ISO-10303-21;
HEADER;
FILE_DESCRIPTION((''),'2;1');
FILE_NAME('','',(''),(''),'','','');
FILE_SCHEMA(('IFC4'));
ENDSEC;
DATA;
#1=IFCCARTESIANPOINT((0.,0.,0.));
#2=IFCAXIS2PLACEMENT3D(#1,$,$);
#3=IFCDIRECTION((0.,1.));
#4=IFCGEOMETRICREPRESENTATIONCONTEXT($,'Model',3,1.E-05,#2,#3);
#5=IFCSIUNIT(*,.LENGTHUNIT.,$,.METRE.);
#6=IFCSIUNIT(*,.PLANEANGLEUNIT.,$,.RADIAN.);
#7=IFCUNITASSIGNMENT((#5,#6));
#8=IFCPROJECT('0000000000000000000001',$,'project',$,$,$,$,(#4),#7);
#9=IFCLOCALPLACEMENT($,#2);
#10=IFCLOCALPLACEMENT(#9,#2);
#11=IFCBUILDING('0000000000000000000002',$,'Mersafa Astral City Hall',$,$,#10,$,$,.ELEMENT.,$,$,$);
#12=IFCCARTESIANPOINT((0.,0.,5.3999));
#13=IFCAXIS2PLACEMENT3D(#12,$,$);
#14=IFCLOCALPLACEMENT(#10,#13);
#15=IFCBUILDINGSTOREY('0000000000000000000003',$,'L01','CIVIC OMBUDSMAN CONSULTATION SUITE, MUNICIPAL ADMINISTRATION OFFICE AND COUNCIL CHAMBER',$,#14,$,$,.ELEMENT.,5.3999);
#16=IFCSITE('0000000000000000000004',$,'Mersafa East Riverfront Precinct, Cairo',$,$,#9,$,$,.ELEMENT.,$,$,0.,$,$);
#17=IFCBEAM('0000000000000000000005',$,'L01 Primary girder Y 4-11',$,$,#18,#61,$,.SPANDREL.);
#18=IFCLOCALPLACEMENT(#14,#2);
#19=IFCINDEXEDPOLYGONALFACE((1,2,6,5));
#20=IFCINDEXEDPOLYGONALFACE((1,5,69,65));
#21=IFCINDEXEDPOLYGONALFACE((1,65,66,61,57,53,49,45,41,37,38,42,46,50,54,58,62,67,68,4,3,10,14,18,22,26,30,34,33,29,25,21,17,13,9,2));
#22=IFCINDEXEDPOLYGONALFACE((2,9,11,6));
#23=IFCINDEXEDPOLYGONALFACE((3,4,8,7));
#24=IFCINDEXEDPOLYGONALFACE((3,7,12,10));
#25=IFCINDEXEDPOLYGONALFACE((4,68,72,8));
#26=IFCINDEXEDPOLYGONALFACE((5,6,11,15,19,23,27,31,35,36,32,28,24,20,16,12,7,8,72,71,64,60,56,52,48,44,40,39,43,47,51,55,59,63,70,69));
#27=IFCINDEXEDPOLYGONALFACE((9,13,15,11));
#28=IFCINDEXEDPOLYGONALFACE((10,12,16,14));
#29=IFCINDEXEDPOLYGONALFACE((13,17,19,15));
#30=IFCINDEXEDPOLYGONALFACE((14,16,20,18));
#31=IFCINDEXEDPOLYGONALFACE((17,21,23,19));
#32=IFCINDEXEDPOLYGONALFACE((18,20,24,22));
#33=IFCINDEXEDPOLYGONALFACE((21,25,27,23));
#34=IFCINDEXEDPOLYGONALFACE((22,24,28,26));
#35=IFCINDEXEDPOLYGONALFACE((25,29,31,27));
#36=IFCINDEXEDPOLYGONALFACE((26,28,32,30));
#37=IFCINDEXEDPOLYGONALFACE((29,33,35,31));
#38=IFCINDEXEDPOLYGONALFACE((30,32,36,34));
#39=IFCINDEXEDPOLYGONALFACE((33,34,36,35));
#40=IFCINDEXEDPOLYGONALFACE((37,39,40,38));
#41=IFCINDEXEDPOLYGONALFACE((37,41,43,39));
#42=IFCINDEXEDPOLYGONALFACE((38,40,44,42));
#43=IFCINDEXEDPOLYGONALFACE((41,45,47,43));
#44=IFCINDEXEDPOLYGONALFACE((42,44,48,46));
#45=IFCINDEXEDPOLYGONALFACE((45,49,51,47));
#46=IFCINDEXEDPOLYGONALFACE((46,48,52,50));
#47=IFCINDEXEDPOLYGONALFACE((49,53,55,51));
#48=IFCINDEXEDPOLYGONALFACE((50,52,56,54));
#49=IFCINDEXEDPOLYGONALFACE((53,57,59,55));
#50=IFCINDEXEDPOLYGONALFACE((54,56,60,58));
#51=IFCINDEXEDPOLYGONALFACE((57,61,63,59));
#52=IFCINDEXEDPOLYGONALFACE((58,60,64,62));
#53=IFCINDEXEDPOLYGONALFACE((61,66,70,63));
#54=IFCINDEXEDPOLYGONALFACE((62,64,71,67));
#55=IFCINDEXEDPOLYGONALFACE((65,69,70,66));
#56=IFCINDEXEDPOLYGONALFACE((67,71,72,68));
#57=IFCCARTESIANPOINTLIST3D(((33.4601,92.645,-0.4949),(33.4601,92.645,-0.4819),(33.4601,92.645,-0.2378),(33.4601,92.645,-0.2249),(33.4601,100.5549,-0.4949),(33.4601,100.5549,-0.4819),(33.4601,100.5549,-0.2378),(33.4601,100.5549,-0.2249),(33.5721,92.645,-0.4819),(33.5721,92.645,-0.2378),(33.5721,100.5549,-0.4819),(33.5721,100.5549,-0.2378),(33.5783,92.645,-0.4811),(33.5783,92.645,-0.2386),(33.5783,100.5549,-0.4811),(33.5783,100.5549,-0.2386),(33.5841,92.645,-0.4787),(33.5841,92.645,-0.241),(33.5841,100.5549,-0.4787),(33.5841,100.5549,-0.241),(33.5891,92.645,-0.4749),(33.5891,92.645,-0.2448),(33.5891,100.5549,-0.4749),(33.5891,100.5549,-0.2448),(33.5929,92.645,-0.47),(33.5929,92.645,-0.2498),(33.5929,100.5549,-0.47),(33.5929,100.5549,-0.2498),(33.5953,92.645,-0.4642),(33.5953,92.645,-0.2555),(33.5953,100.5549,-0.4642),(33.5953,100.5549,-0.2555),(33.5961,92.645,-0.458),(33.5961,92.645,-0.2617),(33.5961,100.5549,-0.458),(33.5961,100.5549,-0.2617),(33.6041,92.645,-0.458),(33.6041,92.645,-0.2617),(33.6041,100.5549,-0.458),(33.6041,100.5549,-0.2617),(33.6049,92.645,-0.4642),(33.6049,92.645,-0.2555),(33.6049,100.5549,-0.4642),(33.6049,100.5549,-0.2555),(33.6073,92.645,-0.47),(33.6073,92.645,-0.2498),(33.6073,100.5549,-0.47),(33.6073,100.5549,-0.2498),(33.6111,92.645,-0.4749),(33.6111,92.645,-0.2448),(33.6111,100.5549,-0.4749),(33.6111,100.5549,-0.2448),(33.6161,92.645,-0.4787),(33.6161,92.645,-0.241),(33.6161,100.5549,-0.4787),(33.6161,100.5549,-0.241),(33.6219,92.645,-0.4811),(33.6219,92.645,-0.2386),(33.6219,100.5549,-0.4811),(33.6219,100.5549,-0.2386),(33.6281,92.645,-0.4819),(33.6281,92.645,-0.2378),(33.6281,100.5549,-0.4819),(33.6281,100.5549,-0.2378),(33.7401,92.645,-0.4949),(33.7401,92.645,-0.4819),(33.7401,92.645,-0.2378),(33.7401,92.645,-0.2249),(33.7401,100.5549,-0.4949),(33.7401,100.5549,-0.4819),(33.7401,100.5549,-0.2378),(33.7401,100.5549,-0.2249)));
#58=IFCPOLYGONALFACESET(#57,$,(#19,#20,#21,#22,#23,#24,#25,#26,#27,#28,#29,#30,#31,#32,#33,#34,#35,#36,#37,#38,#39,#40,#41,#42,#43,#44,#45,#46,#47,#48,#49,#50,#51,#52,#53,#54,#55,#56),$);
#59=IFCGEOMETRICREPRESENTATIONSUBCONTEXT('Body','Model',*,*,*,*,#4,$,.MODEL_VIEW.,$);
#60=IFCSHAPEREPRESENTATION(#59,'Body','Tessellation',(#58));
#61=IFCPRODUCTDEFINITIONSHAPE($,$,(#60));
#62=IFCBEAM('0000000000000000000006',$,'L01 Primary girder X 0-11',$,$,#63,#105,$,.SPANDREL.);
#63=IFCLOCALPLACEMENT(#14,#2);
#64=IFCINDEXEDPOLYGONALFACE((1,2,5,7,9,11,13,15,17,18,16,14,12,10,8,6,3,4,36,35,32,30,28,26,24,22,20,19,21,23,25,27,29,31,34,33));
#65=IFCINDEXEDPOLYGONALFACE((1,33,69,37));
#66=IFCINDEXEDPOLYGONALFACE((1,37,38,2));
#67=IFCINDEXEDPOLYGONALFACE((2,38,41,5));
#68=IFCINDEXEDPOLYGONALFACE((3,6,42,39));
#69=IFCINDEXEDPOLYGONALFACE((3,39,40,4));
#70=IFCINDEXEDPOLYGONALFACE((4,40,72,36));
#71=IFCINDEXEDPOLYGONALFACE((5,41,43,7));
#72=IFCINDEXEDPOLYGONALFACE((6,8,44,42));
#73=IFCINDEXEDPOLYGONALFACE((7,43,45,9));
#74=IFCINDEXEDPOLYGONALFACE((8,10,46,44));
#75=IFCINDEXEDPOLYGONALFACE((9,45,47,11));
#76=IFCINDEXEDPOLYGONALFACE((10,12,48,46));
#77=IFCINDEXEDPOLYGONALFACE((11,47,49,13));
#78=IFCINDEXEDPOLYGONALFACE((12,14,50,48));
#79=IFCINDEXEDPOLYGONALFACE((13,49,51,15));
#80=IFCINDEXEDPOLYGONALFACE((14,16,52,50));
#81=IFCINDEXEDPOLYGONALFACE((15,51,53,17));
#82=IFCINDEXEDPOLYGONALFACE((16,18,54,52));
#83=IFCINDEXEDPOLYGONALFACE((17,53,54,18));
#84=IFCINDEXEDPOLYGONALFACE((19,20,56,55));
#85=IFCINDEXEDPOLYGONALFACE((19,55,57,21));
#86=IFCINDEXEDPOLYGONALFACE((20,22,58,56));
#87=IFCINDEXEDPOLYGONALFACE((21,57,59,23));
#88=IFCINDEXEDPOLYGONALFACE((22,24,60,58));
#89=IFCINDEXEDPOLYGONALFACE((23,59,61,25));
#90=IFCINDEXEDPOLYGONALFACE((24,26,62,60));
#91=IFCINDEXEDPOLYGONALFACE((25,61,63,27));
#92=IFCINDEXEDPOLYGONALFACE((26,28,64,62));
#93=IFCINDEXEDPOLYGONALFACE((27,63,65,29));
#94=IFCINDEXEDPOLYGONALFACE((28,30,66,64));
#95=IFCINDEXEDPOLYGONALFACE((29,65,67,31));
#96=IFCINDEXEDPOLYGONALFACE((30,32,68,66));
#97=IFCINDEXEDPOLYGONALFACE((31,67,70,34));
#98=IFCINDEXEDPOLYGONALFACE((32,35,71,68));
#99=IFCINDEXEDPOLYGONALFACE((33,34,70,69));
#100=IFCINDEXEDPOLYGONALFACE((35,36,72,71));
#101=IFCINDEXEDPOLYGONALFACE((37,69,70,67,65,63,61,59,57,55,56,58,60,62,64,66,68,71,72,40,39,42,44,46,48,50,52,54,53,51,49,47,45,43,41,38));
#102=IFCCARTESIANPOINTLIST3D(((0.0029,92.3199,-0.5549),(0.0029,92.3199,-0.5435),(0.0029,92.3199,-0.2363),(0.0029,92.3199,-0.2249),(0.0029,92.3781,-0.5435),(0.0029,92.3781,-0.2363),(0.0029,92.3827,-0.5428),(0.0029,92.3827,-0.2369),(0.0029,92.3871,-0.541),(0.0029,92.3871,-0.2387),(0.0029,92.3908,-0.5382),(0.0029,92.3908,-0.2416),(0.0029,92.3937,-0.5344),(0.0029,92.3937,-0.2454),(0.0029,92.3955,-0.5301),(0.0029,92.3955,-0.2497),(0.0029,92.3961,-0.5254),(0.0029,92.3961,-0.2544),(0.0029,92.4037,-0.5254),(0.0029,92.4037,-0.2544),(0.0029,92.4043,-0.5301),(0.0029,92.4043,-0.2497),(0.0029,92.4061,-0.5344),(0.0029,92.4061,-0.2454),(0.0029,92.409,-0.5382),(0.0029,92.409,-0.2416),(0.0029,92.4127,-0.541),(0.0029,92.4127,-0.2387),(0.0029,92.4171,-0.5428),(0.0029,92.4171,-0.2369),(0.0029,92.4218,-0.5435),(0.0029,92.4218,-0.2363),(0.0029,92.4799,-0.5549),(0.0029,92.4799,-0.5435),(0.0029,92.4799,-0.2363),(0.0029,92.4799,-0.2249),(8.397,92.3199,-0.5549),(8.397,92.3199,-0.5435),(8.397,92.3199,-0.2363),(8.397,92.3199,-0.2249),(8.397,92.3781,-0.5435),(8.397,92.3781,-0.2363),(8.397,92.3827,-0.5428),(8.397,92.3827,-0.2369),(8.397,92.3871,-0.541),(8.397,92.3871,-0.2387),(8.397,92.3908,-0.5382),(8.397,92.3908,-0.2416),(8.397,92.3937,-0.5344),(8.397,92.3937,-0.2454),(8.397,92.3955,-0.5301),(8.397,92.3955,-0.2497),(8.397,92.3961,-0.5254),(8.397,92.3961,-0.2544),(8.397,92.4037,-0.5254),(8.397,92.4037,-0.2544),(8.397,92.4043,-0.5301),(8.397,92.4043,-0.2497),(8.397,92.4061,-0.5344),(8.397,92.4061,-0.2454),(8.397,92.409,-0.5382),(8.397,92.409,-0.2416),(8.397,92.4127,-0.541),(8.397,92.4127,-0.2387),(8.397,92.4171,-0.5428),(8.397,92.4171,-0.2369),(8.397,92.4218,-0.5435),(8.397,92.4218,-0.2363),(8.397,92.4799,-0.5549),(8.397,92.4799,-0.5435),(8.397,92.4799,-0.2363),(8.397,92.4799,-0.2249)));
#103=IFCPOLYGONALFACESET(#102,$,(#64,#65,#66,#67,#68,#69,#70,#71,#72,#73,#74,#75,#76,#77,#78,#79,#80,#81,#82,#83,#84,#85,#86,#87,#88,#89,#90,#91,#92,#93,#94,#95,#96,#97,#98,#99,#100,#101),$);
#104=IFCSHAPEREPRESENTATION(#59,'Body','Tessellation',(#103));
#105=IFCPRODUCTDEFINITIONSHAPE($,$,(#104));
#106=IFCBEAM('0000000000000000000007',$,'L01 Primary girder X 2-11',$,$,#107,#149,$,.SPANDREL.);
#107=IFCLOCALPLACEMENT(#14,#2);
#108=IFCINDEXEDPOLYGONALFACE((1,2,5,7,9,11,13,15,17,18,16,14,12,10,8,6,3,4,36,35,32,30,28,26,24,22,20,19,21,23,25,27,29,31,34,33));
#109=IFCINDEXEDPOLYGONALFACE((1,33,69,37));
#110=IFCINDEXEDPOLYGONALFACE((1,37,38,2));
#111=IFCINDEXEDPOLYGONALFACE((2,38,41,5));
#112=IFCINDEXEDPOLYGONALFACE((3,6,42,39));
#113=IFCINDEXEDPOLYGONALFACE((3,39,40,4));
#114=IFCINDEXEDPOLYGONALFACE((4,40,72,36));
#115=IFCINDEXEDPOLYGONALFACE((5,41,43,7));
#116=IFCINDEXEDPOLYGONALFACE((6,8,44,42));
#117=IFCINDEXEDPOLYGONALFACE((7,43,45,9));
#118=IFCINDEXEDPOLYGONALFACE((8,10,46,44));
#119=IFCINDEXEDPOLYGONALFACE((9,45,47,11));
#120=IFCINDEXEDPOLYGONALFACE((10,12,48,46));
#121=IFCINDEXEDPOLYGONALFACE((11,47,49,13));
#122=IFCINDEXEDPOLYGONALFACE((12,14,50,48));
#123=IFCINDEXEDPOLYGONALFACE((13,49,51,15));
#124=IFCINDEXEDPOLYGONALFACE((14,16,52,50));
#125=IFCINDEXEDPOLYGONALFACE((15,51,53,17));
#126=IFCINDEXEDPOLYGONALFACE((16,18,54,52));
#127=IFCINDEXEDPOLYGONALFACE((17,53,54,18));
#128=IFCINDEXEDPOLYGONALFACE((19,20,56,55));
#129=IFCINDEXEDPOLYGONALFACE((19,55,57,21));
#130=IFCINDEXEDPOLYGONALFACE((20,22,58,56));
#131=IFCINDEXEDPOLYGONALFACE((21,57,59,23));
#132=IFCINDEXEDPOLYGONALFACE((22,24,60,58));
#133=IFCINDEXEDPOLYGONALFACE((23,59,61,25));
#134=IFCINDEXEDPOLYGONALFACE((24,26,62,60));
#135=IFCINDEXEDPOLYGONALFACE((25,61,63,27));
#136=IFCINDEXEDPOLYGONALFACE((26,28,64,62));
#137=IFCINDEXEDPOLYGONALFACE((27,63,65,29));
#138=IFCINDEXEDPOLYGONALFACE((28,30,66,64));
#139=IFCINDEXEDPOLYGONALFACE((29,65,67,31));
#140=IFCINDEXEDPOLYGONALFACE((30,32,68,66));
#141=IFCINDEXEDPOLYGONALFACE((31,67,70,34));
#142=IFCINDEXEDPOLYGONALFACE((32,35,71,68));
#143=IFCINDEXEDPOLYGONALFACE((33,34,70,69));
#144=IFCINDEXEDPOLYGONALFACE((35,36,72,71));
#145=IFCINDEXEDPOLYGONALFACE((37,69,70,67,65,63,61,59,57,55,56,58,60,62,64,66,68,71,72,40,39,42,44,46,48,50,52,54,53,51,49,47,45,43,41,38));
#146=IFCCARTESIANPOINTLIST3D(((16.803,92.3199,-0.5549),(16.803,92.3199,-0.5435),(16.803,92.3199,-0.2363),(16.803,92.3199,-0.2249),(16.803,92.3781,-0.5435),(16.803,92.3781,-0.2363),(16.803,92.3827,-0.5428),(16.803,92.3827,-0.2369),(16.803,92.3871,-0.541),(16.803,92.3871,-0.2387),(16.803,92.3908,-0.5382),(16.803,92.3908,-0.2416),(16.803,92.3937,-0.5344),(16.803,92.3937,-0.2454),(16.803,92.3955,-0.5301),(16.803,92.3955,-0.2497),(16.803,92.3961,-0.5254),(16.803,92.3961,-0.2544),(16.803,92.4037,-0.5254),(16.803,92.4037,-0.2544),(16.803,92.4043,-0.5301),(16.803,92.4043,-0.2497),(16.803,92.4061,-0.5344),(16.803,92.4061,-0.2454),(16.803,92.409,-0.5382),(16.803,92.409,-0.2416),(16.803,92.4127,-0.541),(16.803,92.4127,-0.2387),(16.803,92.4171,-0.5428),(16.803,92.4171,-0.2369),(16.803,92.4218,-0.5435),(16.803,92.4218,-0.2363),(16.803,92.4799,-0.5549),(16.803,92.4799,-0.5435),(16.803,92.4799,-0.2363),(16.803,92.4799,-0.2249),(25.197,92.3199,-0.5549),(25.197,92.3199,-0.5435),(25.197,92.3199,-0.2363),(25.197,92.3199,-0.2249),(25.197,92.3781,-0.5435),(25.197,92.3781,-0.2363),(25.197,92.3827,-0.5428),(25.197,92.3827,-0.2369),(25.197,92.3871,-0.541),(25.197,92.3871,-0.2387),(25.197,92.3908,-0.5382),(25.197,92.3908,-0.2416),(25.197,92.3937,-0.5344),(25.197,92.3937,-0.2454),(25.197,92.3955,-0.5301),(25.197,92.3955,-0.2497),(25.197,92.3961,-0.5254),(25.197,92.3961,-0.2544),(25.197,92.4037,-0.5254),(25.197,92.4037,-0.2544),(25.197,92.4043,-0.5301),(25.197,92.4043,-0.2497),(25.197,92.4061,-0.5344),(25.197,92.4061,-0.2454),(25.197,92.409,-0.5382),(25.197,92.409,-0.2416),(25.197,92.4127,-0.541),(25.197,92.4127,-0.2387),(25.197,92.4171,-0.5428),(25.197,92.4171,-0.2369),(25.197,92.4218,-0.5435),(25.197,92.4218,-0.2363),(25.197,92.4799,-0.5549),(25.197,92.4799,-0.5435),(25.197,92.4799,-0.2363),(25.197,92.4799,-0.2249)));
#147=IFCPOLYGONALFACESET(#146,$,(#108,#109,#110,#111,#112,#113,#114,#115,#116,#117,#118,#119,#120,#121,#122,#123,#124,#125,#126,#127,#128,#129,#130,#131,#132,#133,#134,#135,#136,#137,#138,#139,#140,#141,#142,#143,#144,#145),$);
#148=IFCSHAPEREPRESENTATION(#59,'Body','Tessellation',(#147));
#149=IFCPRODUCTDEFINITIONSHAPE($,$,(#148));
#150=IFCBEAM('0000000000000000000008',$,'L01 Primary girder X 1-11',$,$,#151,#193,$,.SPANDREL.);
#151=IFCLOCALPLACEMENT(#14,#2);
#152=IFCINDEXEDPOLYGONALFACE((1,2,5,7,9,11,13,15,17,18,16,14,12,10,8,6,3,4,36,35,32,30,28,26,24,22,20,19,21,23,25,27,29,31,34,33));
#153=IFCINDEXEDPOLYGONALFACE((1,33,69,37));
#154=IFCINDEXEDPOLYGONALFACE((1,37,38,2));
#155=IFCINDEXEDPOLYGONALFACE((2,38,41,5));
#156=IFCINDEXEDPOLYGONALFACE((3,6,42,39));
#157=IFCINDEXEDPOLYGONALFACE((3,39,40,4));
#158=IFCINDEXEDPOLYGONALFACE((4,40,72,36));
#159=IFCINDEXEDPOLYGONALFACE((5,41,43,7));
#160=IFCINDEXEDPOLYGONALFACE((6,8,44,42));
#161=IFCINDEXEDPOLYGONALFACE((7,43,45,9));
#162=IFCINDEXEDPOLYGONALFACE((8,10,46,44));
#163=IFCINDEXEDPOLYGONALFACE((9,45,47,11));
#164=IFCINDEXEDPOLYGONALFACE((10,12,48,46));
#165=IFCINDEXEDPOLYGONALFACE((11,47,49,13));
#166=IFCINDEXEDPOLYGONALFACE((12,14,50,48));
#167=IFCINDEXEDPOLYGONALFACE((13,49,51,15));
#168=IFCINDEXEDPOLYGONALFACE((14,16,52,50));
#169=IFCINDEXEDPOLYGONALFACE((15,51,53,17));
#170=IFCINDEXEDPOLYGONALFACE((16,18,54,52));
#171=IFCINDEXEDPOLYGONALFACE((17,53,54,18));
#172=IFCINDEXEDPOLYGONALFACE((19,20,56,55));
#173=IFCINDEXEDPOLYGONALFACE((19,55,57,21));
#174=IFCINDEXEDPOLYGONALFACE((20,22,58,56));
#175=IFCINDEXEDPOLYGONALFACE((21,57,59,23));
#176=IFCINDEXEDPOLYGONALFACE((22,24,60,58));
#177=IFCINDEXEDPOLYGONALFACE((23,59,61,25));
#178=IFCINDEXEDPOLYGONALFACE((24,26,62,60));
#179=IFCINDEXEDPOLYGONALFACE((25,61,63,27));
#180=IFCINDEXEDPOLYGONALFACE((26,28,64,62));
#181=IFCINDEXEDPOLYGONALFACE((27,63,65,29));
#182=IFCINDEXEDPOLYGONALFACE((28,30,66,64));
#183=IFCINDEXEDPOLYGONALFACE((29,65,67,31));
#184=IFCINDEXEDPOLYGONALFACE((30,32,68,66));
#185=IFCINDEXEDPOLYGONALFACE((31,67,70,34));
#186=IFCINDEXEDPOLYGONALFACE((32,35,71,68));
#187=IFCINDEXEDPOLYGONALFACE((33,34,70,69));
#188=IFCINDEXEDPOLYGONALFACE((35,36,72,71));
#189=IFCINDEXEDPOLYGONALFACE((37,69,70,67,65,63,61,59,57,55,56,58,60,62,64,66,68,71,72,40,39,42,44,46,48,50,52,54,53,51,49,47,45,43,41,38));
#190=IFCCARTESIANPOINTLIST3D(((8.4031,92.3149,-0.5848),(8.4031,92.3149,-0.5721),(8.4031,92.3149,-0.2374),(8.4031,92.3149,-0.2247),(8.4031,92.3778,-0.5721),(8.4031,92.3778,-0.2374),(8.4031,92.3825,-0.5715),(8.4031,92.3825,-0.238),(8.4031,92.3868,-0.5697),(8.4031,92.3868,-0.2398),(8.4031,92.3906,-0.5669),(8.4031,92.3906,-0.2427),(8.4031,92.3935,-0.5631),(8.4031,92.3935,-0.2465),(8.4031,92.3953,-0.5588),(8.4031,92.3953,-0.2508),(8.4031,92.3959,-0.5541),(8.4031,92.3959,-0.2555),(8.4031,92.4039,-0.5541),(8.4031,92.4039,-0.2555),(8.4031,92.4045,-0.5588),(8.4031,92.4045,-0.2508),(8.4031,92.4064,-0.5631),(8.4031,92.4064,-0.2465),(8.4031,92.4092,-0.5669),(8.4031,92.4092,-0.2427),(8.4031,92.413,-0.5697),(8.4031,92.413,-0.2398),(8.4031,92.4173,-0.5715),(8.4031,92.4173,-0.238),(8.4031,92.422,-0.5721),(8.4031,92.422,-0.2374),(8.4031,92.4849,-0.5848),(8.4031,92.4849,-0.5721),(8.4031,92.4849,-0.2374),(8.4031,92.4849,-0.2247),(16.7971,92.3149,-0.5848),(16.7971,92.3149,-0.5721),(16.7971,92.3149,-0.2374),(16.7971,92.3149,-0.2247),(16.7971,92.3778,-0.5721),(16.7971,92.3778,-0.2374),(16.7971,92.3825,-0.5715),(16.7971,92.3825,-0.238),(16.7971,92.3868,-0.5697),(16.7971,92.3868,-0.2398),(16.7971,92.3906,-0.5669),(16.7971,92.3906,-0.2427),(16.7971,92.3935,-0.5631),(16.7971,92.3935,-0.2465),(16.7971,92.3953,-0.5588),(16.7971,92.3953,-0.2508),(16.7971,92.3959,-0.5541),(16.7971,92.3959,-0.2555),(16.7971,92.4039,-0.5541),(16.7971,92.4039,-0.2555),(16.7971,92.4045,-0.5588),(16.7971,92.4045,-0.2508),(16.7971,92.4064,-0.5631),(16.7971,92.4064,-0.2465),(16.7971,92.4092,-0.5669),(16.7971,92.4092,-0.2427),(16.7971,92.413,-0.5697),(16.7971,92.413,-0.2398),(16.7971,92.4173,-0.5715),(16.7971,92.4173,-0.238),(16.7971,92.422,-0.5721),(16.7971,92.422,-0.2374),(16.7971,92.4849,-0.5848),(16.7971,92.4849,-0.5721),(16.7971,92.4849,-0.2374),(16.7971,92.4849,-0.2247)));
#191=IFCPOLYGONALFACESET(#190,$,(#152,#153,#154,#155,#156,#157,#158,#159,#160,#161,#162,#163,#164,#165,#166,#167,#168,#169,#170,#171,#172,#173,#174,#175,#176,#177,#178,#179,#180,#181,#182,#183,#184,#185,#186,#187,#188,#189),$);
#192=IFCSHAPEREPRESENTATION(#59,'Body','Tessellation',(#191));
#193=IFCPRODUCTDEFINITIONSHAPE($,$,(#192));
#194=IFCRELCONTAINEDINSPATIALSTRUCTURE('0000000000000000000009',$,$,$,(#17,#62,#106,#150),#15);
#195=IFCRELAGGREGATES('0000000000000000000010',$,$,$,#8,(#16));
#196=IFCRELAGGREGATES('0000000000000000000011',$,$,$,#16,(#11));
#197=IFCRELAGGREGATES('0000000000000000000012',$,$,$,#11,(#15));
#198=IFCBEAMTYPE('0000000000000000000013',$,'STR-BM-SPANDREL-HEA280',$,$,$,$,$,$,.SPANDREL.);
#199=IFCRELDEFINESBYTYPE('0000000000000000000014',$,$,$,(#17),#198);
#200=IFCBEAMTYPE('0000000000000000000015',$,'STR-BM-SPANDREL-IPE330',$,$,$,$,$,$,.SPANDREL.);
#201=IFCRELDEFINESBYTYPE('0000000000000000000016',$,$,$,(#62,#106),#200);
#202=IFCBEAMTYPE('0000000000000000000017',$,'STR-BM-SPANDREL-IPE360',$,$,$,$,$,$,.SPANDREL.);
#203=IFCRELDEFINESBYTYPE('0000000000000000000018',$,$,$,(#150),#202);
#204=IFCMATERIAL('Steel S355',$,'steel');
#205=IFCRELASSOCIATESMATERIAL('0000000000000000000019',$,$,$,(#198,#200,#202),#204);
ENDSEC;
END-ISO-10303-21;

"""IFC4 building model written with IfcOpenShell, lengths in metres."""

from ifc_helpers import new_model, si_unit, direction, frame, origin, origin_2d, place, context, subcontext, project, spatial, i_section, extrude, material, material_profile, profile_set, type_object, element, save


model = new_model("IFC4")

# Units and contexts
model_context = context("Model", 3, precision=1e-05, world=origin(), true_north=direction((0.0, 1.0)))
body_context = subcontext(model_context, "Body", "Model", "MODEL_VIEW")
ifc_project = project(units=[si_unit("LENGTHUNIT", "METRE"), si_unit("PLANEANGLEUNIT", "RADIAN")], contexts=[model_context])

# Site, building, storey
site_placement = place(None, origin())
site = spatial("IfcSite", under=ifc_project, at=site_placement, Name="Mersafa East Riverfront Precinct, Cairo", CompositionType="ELEMENT", RefElevation=0.0)
building_placement = place(site_placement, origin())
building = spatial("IfcBuilding", under=site, at=building_placement, Name="Mersafa Astral City Hall", CompositionType="ELEMENT")
storey_placement = place(building_placement, frame((0.0, 0.0, 5.3999)))
storey = spatial("IfcBuildingStorey", under=building, at=storey_placement, Name="L01", Description="CIVIC OMBUDSMAN CONSULTATION SUITE, MUNICIPAL ADMINISTRATION OFFICE AND COUNCIL CHAMBER", CompositionType="ELEMENT", Elevation=5.3999)

# Shared definitions
ifc_material_1 = material(Name="Steel S355", Category="steel")

# Beams
ifc_material_profile_1 = material_profile(ifc_material_1, i_section(OverallWidth=0.28, OverallDepth=0.27, WebThickness=0.0081, FlangeThickness=0.0129, FilletRadius=0.0239, at=origin_2d()), Name="HEA 280")
ifc_profile_set_1 = profile_set([ifc_material_profile_1], Name="Steel S355")
beam_type_1 = type_object("IfcBeamType", Name="STR-BM-SPANDREL-HEA280", PredefinedType="SPANDREL", material=ifc_profile_set_1)
beam_1_placement = place(storey_placement, frame((33.6001, 92.645, -0.3599), z_axis=(0.0, 1.0, 0.0), x_axis=(-1.0, 0.0, 0.0)))
element("IfcBeam", 1, at=beam_1_placement, inside=storey, type_object=beam_type_1, Name="L01 Primary girder Y 4-11", PredefinedType="SPANDREL", context=body_context, shape_type="SweptSolid", body=[
    extrude(i_section(OverallWidth=0.28, OverallDepth=0.27, WebThickness=0.0081, FlangeThickness=0.0129, FilletRadius=0.0239, at=origin_2d()), origin(), (0.0, 0.0, 1.0), 7.9099),
])
ifc_material_profile_2 = material_profile(ifc_material_1, i_section(OverallWidth=0.1599, OverallDepth=0.3301, WebThickness=0.0076, FlangeThickness=0.0115, FilletRadius=0.0181, at=origin_2d()), Name="IPE 330")
ifc_profile_set_2 = profile_set([ifc_material_profile_2], Name="Steel S355")
beam_type_2 = type_object("IfcBeamType", Name="STR-BM-SPANDREL-IPE330", PredefinedType="SPANDREL", material=ifc_profile_set_2)
for number, where, z_axis, x_axis, name in (
    (2, (0.0029, 92.3999, -0.3899), (1.0, 0.0, 0.0), (0.0, 1.0, 0.0), "L01 Primary girder X 0-11"),
    (3, (16.803, 92.3999, -0.3899), (1.0, 0.0, 0.0), (0.0, 1.0, 0.0), "L01 Primary girder X 2-11"),
):
    element("IfcBeam", number, at=place(storey_placement, frame(where, z_axis=z_axis, x_axis=x_axis)), inside=storey, type_object=beam_type_2, Name=name, PredefinedType="SPANDREL", context=body_context, shape_type="SweptSolid", body=[
        extrude(i_section(OverallWidth=0.1599, OverallDepth=0.3301, WebThickness=0.0076, FlangeThickness=0.0115, FilletRadius=0.0181, at=origin_2d()), origin(), (0.0, 0.0, 1.0), 8.394),
    ])
ifc_material_profile_3 = material_profile(ifc_material_1, i_section(OverallWidth=0.1699, OverallDepth=0.3601, WebThickness=0.0081, FlangeThickness=0.0127, FilletRadius=0.0181, at=origin_2d()), Name="IPE 360")
ifc_profile_set_3 = profile_set([ifc_material_profile_3], Name="Steel S355")
beam_type_3 = type_object("IfcBeamType", Name="STR-BM-SPANDREL-IPE360", PredefinedType="SPANDREL", material=ifc_profile_set_3)
for number, where, z_axis, x_axis, name in (
    (4, (8.4031, 92.3999, -0.4048), (1.0, 0.0, 0.0), (0.0, 1.0, 0.0), "L01 Primary girder X 1-11"),
):
    element("IfcBeam", number, at=place(storey_placement, frame(where, z_axis=z_axis, x_axis=x_axis)), inside=storey, type_object=beam_type_3, Name=name, PredefinedType="SPANDREL", context=body_context, shape_type="SweptSolid", body=[
        extrude(i_section(OverallWidth=0.1699, OverallDepth=0.3601, WebThickness=0.0081, FlangeThickness=0.0127, FilletRadius=0.0181, at=origin_2d()), origin(), (0.0, 0.0, 1.0), 8.394),
    ])

save(model, "model.ifc")
